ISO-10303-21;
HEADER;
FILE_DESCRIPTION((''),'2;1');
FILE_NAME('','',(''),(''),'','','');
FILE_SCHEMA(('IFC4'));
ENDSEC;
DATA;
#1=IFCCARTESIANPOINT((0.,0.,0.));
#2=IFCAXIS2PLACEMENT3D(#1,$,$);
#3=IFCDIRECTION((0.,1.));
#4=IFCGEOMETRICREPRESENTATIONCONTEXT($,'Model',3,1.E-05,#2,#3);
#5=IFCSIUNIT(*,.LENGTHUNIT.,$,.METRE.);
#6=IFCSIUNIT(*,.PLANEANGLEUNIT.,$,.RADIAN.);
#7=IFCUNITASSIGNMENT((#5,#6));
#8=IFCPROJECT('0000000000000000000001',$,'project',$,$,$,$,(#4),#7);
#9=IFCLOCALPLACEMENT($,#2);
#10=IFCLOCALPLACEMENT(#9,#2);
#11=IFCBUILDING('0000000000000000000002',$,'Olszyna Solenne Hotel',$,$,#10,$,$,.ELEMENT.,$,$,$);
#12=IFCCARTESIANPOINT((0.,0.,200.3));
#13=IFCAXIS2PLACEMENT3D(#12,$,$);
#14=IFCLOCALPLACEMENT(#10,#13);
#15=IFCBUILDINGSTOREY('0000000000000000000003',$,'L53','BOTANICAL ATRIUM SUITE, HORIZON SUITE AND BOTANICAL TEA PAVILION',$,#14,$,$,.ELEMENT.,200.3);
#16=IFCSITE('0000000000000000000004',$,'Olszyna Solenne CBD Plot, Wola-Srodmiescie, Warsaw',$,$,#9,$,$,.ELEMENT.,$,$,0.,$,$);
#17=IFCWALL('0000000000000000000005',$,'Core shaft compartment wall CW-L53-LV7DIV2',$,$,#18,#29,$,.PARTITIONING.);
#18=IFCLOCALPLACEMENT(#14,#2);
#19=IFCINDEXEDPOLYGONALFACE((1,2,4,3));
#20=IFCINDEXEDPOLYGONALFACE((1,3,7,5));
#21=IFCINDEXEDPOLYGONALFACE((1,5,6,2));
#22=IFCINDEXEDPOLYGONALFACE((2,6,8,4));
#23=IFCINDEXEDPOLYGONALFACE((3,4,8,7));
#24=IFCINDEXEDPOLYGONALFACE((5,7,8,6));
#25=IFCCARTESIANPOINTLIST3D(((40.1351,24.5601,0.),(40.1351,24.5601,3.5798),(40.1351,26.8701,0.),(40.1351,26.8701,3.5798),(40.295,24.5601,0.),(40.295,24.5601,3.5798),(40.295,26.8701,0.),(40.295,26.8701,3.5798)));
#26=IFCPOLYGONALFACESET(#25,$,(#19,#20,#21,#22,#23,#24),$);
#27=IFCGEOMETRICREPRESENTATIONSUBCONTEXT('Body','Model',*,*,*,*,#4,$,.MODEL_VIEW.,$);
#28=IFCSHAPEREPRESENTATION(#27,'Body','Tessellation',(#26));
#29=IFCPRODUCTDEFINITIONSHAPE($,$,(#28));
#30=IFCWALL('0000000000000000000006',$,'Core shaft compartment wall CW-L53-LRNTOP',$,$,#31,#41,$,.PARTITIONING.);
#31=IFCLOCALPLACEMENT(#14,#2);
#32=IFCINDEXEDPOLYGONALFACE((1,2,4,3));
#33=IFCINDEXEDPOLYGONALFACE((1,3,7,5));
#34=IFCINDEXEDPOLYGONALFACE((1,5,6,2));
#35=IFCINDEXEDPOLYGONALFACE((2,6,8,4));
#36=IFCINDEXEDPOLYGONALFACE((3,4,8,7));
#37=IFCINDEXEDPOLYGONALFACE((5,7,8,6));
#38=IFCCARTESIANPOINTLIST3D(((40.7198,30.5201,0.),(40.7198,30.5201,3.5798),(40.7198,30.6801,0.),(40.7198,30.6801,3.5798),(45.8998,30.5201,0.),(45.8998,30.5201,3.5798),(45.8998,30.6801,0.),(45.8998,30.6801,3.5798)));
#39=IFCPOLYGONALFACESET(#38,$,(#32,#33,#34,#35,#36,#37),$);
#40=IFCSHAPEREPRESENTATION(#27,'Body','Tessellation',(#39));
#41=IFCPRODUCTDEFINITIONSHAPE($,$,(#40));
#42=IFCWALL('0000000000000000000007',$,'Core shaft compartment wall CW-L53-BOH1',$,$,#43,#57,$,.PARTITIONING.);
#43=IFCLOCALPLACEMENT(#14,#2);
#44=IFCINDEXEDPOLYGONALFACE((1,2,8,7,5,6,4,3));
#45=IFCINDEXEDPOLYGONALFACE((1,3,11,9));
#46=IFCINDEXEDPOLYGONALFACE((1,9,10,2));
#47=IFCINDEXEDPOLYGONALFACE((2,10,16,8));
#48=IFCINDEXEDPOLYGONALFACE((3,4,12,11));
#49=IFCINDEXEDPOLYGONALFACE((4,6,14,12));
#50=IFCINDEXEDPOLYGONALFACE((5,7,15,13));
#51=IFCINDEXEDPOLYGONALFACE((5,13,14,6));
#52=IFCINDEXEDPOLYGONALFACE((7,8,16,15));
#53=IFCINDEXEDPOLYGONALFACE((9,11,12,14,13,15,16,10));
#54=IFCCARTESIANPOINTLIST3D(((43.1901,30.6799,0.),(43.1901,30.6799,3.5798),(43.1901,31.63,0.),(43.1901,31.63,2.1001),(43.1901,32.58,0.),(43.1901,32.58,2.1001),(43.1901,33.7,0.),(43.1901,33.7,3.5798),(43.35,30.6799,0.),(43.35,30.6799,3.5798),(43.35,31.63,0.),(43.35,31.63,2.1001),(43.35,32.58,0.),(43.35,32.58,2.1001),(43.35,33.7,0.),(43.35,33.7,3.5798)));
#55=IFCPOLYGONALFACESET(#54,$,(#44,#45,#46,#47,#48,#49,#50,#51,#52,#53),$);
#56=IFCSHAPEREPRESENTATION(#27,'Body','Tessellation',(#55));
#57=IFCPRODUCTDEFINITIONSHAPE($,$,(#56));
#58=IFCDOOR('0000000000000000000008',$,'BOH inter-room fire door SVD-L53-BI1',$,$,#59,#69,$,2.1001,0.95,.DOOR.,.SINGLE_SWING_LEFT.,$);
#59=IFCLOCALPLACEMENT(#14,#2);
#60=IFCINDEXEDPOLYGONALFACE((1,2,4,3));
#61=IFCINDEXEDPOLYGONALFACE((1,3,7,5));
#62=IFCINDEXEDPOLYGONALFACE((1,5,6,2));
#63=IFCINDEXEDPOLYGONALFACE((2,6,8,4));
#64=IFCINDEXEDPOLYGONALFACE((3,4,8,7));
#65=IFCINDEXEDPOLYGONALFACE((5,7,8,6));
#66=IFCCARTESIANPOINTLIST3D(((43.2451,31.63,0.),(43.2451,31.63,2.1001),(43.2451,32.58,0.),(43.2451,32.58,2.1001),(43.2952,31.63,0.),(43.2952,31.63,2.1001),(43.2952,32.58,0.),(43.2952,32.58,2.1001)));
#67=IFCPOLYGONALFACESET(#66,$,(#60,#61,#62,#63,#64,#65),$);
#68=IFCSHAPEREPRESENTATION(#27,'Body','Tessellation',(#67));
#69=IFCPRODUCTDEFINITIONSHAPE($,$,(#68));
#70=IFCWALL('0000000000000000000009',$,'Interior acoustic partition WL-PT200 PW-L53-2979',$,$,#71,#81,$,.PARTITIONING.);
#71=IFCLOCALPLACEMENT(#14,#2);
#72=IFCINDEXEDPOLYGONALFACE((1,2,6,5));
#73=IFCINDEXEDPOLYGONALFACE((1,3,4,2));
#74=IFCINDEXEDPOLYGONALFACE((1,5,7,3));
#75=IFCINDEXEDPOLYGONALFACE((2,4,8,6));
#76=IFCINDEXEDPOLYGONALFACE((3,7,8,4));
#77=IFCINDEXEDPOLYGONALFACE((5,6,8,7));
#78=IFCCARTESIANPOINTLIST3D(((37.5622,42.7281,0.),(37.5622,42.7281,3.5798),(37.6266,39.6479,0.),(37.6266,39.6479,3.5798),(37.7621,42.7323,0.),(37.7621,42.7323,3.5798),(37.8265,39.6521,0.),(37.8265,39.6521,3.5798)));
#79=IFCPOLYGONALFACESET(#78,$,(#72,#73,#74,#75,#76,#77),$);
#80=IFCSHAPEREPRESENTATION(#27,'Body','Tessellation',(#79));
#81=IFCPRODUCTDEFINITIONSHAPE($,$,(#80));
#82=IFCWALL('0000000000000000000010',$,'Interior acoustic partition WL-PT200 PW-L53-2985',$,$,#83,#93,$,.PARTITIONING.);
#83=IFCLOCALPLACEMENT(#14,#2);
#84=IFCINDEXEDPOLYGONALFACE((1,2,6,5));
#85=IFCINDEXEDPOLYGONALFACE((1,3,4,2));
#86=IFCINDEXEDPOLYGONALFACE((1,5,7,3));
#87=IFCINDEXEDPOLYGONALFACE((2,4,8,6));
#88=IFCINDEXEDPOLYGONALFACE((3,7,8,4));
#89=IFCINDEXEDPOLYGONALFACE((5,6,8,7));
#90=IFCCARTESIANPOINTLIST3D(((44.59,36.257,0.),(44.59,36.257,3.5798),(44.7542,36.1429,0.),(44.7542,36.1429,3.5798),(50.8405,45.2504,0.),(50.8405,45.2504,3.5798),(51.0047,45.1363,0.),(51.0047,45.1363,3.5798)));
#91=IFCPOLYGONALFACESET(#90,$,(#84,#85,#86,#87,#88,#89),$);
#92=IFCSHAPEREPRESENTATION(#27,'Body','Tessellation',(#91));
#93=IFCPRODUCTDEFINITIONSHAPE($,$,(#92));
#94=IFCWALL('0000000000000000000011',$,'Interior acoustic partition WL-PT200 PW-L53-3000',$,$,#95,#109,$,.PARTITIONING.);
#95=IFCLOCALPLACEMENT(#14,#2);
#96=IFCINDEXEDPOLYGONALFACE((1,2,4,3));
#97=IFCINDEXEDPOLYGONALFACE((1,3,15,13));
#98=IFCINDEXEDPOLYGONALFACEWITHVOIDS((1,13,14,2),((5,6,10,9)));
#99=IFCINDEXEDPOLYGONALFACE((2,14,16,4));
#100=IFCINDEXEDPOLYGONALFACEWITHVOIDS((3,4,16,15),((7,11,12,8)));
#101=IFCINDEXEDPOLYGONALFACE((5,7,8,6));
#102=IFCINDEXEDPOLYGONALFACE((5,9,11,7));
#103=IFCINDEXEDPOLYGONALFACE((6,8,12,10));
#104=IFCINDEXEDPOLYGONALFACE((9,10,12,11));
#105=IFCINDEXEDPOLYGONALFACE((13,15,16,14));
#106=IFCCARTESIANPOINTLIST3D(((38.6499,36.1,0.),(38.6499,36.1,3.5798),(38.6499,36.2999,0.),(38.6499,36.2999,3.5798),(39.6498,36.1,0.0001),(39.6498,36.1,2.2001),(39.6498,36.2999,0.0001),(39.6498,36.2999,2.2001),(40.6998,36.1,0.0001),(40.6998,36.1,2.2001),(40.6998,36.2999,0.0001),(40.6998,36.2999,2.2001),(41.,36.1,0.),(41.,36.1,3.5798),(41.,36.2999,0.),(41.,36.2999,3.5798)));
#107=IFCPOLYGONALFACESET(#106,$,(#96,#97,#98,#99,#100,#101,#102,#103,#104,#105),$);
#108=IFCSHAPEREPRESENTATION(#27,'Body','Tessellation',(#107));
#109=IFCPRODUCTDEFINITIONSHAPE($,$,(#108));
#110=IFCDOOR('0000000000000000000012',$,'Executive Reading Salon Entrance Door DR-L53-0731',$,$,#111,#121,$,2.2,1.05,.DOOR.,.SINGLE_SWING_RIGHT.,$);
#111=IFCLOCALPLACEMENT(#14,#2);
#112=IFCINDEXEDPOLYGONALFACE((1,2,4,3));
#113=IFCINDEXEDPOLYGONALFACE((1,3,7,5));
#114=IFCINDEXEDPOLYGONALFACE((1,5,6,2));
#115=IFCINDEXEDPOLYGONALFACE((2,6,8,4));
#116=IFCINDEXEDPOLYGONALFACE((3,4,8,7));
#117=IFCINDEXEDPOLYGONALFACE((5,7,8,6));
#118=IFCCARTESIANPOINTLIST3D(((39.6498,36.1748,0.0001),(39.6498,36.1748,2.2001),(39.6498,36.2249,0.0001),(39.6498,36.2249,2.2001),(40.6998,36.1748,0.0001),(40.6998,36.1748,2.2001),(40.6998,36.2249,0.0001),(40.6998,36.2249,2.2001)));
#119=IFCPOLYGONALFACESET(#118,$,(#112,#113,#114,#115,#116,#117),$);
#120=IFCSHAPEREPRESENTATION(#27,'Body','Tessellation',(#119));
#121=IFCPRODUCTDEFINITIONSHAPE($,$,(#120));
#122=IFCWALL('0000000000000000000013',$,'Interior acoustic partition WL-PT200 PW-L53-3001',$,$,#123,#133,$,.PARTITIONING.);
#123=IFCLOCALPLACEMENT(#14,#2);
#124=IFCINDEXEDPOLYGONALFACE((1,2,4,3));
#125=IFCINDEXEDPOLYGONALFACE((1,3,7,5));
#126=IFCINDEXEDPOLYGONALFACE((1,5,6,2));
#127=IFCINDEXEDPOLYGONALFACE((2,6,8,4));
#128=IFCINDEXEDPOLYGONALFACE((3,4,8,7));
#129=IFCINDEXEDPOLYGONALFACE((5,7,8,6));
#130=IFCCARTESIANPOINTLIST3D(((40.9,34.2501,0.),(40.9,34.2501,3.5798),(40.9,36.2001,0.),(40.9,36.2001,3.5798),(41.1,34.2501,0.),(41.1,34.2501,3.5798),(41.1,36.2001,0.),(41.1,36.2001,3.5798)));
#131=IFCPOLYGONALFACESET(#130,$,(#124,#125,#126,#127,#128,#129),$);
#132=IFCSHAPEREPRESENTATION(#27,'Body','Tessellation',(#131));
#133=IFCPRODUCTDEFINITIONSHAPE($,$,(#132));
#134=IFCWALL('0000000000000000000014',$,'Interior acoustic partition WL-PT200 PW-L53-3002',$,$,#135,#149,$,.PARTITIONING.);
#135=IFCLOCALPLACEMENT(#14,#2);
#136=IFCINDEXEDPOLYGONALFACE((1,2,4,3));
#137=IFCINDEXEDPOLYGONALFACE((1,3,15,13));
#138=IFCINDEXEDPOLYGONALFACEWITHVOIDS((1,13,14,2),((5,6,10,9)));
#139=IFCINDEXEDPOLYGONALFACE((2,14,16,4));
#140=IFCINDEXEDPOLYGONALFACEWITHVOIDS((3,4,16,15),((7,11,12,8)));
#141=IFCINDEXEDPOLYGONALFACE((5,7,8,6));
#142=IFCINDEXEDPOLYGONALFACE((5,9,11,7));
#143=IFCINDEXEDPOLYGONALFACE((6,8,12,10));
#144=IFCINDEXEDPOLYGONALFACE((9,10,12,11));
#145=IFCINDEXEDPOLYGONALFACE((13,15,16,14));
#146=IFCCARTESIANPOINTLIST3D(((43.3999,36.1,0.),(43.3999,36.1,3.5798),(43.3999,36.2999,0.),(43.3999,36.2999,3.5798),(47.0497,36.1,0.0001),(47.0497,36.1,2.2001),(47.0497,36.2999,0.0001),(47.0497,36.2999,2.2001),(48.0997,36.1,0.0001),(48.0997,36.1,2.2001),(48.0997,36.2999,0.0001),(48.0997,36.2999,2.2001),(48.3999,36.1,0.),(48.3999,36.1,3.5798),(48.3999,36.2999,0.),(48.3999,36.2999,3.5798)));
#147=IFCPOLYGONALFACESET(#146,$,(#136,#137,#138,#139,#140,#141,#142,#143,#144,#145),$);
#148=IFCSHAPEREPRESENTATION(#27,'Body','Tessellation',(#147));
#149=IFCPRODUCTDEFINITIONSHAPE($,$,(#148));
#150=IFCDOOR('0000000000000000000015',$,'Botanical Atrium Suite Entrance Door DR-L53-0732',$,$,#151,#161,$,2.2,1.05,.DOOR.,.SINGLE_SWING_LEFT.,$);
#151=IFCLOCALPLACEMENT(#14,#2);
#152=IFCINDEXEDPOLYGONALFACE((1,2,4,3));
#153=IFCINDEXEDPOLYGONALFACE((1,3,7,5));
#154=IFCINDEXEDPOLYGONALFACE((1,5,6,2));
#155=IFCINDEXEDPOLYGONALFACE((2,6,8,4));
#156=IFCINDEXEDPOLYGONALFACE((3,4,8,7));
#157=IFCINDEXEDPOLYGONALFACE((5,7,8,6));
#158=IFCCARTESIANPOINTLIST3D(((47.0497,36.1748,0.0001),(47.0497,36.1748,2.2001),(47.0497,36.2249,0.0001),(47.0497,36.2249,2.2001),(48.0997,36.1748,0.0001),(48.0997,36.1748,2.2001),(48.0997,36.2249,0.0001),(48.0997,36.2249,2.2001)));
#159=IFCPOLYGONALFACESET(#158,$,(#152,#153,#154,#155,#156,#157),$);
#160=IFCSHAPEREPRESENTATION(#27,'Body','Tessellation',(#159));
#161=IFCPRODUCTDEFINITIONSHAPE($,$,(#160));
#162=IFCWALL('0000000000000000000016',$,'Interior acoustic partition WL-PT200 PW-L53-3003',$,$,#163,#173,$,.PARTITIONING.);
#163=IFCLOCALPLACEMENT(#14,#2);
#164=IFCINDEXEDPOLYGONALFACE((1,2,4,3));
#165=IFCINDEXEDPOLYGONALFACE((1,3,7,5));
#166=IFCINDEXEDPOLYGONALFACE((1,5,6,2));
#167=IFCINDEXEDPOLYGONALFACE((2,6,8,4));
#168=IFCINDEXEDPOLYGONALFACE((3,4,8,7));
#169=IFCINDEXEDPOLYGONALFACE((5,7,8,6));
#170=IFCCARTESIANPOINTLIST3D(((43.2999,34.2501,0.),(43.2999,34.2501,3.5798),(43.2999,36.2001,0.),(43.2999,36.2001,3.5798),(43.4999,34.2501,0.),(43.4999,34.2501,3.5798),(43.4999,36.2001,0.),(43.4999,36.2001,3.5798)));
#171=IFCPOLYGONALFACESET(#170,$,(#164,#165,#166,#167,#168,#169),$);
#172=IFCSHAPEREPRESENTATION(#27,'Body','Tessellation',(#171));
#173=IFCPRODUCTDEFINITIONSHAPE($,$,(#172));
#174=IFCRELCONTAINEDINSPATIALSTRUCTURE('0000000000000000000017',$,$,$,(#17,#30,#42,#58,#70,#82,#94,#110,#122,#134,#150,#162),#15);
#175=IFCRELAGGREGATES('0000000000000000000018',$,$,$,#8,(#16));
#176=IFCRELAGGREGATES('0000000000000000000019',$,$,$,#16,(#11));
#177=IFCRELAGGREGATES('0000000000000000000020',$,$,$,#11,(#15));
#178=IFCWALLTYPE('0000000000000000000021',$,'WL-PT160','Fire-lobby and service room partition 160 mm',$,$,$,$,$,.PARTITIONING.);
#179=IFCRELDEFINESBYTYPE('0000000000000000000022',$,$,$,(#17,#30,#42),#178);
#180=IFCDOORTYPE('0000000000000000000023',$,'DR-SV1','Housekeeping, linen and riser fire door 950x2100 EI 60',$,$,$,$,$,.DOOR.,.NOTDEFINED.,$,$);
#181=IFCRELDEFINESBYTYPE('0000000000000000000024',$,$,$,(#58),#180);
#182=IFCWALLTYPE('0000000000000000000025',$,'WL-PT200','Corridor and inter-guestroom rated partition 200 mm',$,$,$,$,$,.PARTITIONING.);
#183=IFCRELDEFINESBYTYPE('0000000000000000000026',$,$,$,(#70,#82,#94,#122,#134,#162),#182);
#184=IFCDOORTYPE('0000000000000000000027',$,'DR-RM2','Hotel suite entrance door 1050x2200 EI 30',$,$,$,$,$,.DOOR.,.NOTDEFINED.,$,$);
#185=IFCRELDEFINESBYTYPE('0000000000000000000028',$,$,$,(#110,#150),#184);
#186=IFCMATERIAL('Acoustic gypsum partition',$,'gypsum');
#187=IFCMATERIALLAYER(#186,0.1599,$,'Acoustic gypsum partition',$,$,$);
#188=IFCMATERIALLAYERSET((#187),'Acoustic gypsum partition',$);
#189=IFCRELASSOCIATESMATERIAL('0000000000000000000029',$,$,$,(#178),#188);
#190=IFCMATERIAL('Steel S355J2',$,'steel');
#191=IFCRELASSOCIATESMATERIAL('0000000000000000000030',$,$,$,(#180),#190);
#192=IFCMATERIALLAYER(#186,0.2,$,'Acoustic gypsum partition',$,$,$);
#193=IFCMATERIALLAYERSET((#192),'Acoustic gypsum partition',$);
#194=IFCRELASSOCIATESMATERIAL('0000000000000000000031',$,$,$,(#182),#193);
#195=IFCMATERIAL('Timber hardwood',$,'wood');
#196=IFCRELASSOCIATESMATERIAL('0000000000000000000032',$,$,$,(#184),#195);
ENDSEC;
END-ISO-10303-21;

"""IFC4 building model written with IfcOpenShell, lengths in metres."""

from ifc_helpers import new_model, si_unit, direction, frame, frame_2d, origin, place, context, subcontext, project, spatial, rectangle, extrude, source, transform, mapped, material, layer, layer_set, type_object, type_shapes, element, fill, save


model = new_model("IFC4")

# Units and contexts
model_context = context("Model", 3, precision=1e-05, world=origin(), true_north=direction((0.0, 1.0)))
body_context = subcontext(model_context, "Body", "Model", "MODEL_VIEW")
ifc_project = project(units=[si_unit("LENGTHUNIT", "METRE"), si_unit("PLANEANGLEUNIT", "RADIAN")], contexts=[model_context])

# Site, building, storey
site_placement = place(None, origin())
site = spatial("IfcSite", under=ifc_project, at=site_placement, Name="Olszyna Solenne CBD Plot, Wola-Srodmiescie, Warsaw", CompositionType="ELEMENT", RefElevation=0.0)
building_placement = place(site_placement, origin())
building = spatial("IfcBuilding", under=site, at=building_placement, Name="Olszyna Solenne Hotel", CompositionType="ELEMENT")
storey_placement = place(building_placement, frame((0.0, 0.0, 200.3)))
storey = spatial("IfcBuildingStorey", under=building, at=storey_placement, Name="L53", Description="BOTANICAL ATRIUM SUITE, HORIZON SUITE AND BOTANICAL TEA PAVILION", CompositionType="ELEMENT", Elevation=200.3)

# Shared definitions
ifc_material_1 = material(Name="Steel S355J2", Category="steel")

# Shared definitions
ifc_material_2 = material(Name="Acoustic gypsum partition", Category="gypsum")

# Shared definitions
ifc_layer_1 = layer(ifc_material_2, 0.1599, Name="Acoustic gypsum partition")
ifc_layer_set_1 = layer_set([ifc_layer_1], Name="Acoustic gypsum partition")
wall_type_1 = type_object("IfcWallType", Name="WL-PT160", Description="Fire-lobby and service room partition 160 mm", PredefinedType="PARTITIONING", material=ifc_layer_set_1)

# Walls
wall_1_placement = place(storey_placement, frame((40.2151, 24.5601, 0.0), z_axis=(0.0, 0.0, 1.0), x_axis=(0.0, 1.0, 0.0)))
element("IfcWall", 1, at=wall_1_placement, inside=storey, type_object=wall_type_1, Name="Core shaft compartment wall CW-L53-LV7DIV2", PredefinedType="PARTITIONING", context=body_context, shape_type="SweptSolid", body=[
    extrude(rectangle(XDim=2.3101, YDim=0.1599, at=frame_2d((1.155, 0.0))), origin(), (0.0, 0.0, 1.0), 3.5798),
])
wall_2_placement = place(storey_placement, frame((40.72, 30.6001, 0.0), z_axis=(0.0, 0.0, 1.0), x_axis=(1.0, 0.0, 0.0)))
element("IfcWall", 2, at=wall_2_placement, inside=storey, type_object=wall_type_1, Name="Core shaft compartment wall CW-L53-LRNTOP", PredefinedType="PARTITIONING", context=body_context, shape_type="SweptSolid", body=[
    extrude(rectangle(XDim=5.1799, YDim=0.1599, at=frame_2d((2.5898, 0.0))), origin(), (0.0, 0.0, 1.0), 3.5798),
])

# Wall, opening, door
wall_3_placement = place(storey_placement, frame((43.27, 30.6799, 0.0), z_axis=(0.0, 0.0, 1.0), x_axis=(0.0, 1.0, 0.0)))
wall_3 = element("IfcWall", 3, at=wall_3_placement, inside=storey, type_object=wall_type_1, Name="Core shaft compartment wall CW-L53-BOH1", PredefinedType="PARTITIONING", context=body_context, shape_type="SweptSolid", body=[
    extrude(rectangle(XDim=3.02, YDim=0.1599, at=frame_2d((1.51, 0.0))), origin(), (0.0, 0.0, 1.0), 3.5798),
])
opening_1_placement = place(wall_3_placement, frame((0.95, 0.0, 0.0)))
opening_1 = element("IfcOpeningElement", 4, at=opening_1_placement, cuts=wall_3, PredefinedType="OPENING", context=body_context, shape_type="SweptSolid", body=[
    extrude(rectangle(XDim=0.95, YDim=2.1001, at=frame_2d((0.4751, 1.05))), frame((0.0, 0.0898, 0.0), z_axis=(0.0, -1.0, 0.0), x_axis=(1.0, 0.0, 0.0)), (0.0, 0.0, 1.0), 0.1799),
])
door_type_1 = type_object("IfcDoorType", Name="DR-SV1", Description="Housekeeping, linen and riser fire door 950x2100 EI 60", OperationType="NOTDEFINED", PredefinedType="DOOR", material=ifc_material_1)
shared_shape_1 = source(origin(), body_context, "Body", "SweptSolid", [
    extrude(rectangle(XDim=0.95, YDim=2.1001, at=frame_2d((0.4751, 1.05))), frame((0.0, 0.0249, 0.0), z_axis=(0.0, -1.0, 0.0), x_axis=(1.0, 0.0, 0.0)), (0.0, 0.0, 1.0), 0.05),
])
type_shapes(door_type_1, [shared_shape_1])
door_1_placement = place(opening_1_placement, origin())
door_1 = element("IfcDoor", 5, at=door_1_placement, inside=storey, type_object=door_type_1, Name="BOH inter-room fire door SVD-L53-BI1", OperationType="SINGLE_SWING_LEFT", OverallHeight=2.1001, OverallWidth=0.95, PredefinedType="DOOR", context=body_context, shape_type="MappedRepresentation", body=[
    mapped(shared_shape_1, transform((0.0, 0.0, 0.0), x_axis=(1.0, 0.0, 0.0), y_axis=(0.0, 1.0, 0.0), z_axis=(0.0, 0.0, 1.0), scale=1.0)),
])
fill(opening_1, door_1)

# Walls
ifc_layer_2 = layer(ifc_material_2, 0.2, Name="Acoustic gypsum partition")
ifc_layer_set_2 = layer_set([ifc_layer_2], Name="Acoustic gypsum partition")
wall_type_2 = type_object("IfcWallType", Name="WL-PT200", Description="Corridor and inter-guestroom rated partition 200 mm", PredefinedType="PARTITIONING", material=ifc_layer_set_2)
wall_4_placement = place(storey_placement, frame((37.7266, 39.6499, 0.0), z_axis=(0.0, 0.0, 1.0), x_axis=(-0.020921, 0.999781, 0.0)))
element("IfcWall", 6, at=wall_4_placement, inside=storey, type_object=wall_type_2, Name="Interior acoustic partition WL-PT200 PW-L53-2979", PredefinedType="PARTITIONING", context=body_context, shape_type="SweptSolid", body=[
    extrude(rectangle(XDim=3.0808, YDim=0.2, at=frame_2d((1.5405, 0.0))), origin(), (0.0, 0.0, 1.0), 3.5798),
])
wall_5_placement = place(storey_placement, frame((44.6721, 36.2, 0.0), z_axis=(0.0, 0.0, 1.0), x_axis=(0.570708, 0.821153, 0.0)))
element("IfcWall", 7, at=wall_5_placement, inside=storey, type_object=wall_type_2, Name="Interior acoustic partition WL-PT200 PW-L53-2985", PredefinedType="PARTITIONING", context=body_context, shape_type="SweptSolid", body=[
    extrude(rectangle(XDim=10.9521, YDim=0.2, at=frame_2d((5.4761, 0.0))), origin(), (0.0, 0.0, 1.0), 3.5798),
])

# Wall, opening, door
wall_6_placement = place(storey_placement, frame((38.6499, 36.2, 0.0), z_axis=(0.0, 0.0, 1.0), x_axis=(1.0, 0.0, 0.0)))
wall_6 = element("IfcWall", 8, at=wall_6_placement, inside=storey, type_object=wall_type_2, Name="Interior acoustic partition WL-PT200 PW-L53-3000", PredefinedType="PARTITIONING", context=body_context, shape_type="SweptSolid", body=[
    extrude(rectangle(XDim=2.3501, YDim=0.2, at=frame_2d((1.175, 0.0))), origin(), (0.0, 0.0, 1.0), 3.5798),
])
opening_2_placement = place(wall_6_placement, frame((1.0, 0.0, 0.0)))
opening_2 = element("IfcOpeningElement", 9, at=opening_2_placement, cuts=wall_6, PredefinedType="OPENING", context=body_context, shape_type="SweptSolid", body=[
    extrude(rectangle(XDim=1.05, YDim=2.2, at=frame_2d((0.5249, 1.1001))), frame((0.0, 0.1099, 0.0), z_axis=(0.0, -1.0, 0.0), x_axis=(1.0, 0.0, 0.0)), (0.0, 0.0, 1.0), 0.22),
])
ifc_material_3 = material(Name="Timber hardwood", Category="wood")
door_type_2 = type_object("IfcDoorType", Name="DR-RM2", Description="Hotel suite entrance door 1050x2200 EI 30", OperationType="NOTDEFINED", PredefinedType="DOOR", material=ifc_material_3)
shared_shape_2 = source(origin(), body_context, "Body", "SweptSolid", [
    extrude(rectangle(XDim=1.05, YDim=2.2, at=frame_2d((0.5249, 1.1001))), frame((0.0, 0.0249, 0.0), z_axis=(0.0, -1.0, 0.0), x_axis=(1.0, 0.0, 0.0)), (0.0, 0.0, 1.0), 0.05),
])
type_shapes(door_type_2, [shared_shape_2])
door_2_placement = place(opening_2_placement, origin())
door_2 = element("IfcDoor", 10, at=door_2_placement, inside=storey, type_object=door_type_2, Name="Executive Reading Salon Entrance Door DR-L53-0731", OperationType="SINGLE_SWING_RIGHT", OverallHeight=2.2, OverallWidth=1.05, PredefinedType="DOOR", context=body_context, shape_type="MappedRepresentation", body=[
    mapped(shared_shape_2, transform((0.0, 0.0, 0.0), x_axis=(1.0, 0.0, 0.0), y_axis=(0.0, 1.0, 0.0), z_axis=(0.0, 0.0, 1.0), scale=1.0)),
])
fill(opening_2, door_2)

# Wall
wall_7_placement = place(storey_placement, frame((41.0, 34.25, 0.0), z_axis=(0.0, 0.0, 1.0), x_axis=(0.0, 1.0, 0.0)))
element("IfcWall", 11, at=wall_7_placement, inside=storey, type_object=wall_type_2, Name="Interior acoustic partition WL-PT200 PW-L53-3001", PredefinedType="PARTITIONING", context=body_context, shape_type="SweptSolid", body=[
    extrude(rectangle(XDim=1.95, YDim=0.2, at=frame_2d((0.9751, 0.0))), origin(), (0.0, 0.0, 1.0), 3.5798),
])

# Wall, opening, door
wall_8_placement = place(storey_placement, frame((43.3999, 36.2, 0.0), z_axis=(0.0, 0.0, 1.0), x_axis=(1.0, 0.0, 0.0)))
wall_8 = element("IfcWall", 12, at=wall_8_placement, inside=storey, type_object=wall_type_2, Name="Interior acoustic partition WL-PT200 PW-L53-3002", PredefinedType="PARTITIONING", context=body_context, shape_type="SweptSolid", body=[
    extrude(rectangle(XDim=5.0, YDim=0.2, at=frame_2d((2.5, 0.0))), origin(), (0.0, 0.0, 1.0), 3.5798),
])
opening_3_placement = place(wall_8_placement, frame((3.6499, 0.0, 0.0)))
opening_3 = element("IfcOpeningElement", 13, at=opening_3_placement, cuts=wall_8, PredefinedType="OPENING", context=body_context, shape_type="SweptSolid", body=[
    extrude(rectangle(XDim=1.05, YDim=2.2, at=frame_2d((0.5249, 1.1001))), frame((0.0, 0.1099, 0.0), z_axis=(0.0, -1.0, 0.0), x_axis=(1.0, 0.0, 0.0)), (0.0, 0.0, 1.0), 0.22),
])
door_3_placement = place(opening_3_placement, origin())
door_3 = element("IfcDoor", 14, at=door_3_placement, inside=storey, type_object=door_type_2, Name="Botanical Atrium Suite Entrance Door DR-L53-0732", OperationType="SINGLE_SWING_LEFT", OverallHeight=2.2, OverallWidth=1.05, PredefinedType="DOOR", context=body_context, shape_type="MappedRepresentation", body=[
    mapped(shared_shape_2, transform((0.0, 0.0, 0.0), x_axis=(1.0, 0.0, 0.0), y_axis=(0.0, 1.0, 0.0), z_axis=(0.0, 0.0, 1.0), scale=1.0)),
])
fill(opening_3, door_3)

# Wall
wall_9_placement = place(storey_placement, frame((43.3999, 34.25, 0.0), z_axis=(0.0, 0.0, 1.0), x_axis=(0.0, 1.0, 0.0)))
element("IfcWall", 15, at=wall_9_placement, inside=storey, type_object=wall_type_2, Name="Interior acoustic partition WL-PT200 PW-L53-3003", PredefinedType="PARTITIONING", context=body_context, shape_type="SweptSolid", body=[
    extrude(rectangle(XDim=1.95, YDim=0.2, at=frame_2d((0.9751, 0.0))), origin(), (0.0, 0.0, 1.0), 3.5798),
])

save(model, "model.ifc")
